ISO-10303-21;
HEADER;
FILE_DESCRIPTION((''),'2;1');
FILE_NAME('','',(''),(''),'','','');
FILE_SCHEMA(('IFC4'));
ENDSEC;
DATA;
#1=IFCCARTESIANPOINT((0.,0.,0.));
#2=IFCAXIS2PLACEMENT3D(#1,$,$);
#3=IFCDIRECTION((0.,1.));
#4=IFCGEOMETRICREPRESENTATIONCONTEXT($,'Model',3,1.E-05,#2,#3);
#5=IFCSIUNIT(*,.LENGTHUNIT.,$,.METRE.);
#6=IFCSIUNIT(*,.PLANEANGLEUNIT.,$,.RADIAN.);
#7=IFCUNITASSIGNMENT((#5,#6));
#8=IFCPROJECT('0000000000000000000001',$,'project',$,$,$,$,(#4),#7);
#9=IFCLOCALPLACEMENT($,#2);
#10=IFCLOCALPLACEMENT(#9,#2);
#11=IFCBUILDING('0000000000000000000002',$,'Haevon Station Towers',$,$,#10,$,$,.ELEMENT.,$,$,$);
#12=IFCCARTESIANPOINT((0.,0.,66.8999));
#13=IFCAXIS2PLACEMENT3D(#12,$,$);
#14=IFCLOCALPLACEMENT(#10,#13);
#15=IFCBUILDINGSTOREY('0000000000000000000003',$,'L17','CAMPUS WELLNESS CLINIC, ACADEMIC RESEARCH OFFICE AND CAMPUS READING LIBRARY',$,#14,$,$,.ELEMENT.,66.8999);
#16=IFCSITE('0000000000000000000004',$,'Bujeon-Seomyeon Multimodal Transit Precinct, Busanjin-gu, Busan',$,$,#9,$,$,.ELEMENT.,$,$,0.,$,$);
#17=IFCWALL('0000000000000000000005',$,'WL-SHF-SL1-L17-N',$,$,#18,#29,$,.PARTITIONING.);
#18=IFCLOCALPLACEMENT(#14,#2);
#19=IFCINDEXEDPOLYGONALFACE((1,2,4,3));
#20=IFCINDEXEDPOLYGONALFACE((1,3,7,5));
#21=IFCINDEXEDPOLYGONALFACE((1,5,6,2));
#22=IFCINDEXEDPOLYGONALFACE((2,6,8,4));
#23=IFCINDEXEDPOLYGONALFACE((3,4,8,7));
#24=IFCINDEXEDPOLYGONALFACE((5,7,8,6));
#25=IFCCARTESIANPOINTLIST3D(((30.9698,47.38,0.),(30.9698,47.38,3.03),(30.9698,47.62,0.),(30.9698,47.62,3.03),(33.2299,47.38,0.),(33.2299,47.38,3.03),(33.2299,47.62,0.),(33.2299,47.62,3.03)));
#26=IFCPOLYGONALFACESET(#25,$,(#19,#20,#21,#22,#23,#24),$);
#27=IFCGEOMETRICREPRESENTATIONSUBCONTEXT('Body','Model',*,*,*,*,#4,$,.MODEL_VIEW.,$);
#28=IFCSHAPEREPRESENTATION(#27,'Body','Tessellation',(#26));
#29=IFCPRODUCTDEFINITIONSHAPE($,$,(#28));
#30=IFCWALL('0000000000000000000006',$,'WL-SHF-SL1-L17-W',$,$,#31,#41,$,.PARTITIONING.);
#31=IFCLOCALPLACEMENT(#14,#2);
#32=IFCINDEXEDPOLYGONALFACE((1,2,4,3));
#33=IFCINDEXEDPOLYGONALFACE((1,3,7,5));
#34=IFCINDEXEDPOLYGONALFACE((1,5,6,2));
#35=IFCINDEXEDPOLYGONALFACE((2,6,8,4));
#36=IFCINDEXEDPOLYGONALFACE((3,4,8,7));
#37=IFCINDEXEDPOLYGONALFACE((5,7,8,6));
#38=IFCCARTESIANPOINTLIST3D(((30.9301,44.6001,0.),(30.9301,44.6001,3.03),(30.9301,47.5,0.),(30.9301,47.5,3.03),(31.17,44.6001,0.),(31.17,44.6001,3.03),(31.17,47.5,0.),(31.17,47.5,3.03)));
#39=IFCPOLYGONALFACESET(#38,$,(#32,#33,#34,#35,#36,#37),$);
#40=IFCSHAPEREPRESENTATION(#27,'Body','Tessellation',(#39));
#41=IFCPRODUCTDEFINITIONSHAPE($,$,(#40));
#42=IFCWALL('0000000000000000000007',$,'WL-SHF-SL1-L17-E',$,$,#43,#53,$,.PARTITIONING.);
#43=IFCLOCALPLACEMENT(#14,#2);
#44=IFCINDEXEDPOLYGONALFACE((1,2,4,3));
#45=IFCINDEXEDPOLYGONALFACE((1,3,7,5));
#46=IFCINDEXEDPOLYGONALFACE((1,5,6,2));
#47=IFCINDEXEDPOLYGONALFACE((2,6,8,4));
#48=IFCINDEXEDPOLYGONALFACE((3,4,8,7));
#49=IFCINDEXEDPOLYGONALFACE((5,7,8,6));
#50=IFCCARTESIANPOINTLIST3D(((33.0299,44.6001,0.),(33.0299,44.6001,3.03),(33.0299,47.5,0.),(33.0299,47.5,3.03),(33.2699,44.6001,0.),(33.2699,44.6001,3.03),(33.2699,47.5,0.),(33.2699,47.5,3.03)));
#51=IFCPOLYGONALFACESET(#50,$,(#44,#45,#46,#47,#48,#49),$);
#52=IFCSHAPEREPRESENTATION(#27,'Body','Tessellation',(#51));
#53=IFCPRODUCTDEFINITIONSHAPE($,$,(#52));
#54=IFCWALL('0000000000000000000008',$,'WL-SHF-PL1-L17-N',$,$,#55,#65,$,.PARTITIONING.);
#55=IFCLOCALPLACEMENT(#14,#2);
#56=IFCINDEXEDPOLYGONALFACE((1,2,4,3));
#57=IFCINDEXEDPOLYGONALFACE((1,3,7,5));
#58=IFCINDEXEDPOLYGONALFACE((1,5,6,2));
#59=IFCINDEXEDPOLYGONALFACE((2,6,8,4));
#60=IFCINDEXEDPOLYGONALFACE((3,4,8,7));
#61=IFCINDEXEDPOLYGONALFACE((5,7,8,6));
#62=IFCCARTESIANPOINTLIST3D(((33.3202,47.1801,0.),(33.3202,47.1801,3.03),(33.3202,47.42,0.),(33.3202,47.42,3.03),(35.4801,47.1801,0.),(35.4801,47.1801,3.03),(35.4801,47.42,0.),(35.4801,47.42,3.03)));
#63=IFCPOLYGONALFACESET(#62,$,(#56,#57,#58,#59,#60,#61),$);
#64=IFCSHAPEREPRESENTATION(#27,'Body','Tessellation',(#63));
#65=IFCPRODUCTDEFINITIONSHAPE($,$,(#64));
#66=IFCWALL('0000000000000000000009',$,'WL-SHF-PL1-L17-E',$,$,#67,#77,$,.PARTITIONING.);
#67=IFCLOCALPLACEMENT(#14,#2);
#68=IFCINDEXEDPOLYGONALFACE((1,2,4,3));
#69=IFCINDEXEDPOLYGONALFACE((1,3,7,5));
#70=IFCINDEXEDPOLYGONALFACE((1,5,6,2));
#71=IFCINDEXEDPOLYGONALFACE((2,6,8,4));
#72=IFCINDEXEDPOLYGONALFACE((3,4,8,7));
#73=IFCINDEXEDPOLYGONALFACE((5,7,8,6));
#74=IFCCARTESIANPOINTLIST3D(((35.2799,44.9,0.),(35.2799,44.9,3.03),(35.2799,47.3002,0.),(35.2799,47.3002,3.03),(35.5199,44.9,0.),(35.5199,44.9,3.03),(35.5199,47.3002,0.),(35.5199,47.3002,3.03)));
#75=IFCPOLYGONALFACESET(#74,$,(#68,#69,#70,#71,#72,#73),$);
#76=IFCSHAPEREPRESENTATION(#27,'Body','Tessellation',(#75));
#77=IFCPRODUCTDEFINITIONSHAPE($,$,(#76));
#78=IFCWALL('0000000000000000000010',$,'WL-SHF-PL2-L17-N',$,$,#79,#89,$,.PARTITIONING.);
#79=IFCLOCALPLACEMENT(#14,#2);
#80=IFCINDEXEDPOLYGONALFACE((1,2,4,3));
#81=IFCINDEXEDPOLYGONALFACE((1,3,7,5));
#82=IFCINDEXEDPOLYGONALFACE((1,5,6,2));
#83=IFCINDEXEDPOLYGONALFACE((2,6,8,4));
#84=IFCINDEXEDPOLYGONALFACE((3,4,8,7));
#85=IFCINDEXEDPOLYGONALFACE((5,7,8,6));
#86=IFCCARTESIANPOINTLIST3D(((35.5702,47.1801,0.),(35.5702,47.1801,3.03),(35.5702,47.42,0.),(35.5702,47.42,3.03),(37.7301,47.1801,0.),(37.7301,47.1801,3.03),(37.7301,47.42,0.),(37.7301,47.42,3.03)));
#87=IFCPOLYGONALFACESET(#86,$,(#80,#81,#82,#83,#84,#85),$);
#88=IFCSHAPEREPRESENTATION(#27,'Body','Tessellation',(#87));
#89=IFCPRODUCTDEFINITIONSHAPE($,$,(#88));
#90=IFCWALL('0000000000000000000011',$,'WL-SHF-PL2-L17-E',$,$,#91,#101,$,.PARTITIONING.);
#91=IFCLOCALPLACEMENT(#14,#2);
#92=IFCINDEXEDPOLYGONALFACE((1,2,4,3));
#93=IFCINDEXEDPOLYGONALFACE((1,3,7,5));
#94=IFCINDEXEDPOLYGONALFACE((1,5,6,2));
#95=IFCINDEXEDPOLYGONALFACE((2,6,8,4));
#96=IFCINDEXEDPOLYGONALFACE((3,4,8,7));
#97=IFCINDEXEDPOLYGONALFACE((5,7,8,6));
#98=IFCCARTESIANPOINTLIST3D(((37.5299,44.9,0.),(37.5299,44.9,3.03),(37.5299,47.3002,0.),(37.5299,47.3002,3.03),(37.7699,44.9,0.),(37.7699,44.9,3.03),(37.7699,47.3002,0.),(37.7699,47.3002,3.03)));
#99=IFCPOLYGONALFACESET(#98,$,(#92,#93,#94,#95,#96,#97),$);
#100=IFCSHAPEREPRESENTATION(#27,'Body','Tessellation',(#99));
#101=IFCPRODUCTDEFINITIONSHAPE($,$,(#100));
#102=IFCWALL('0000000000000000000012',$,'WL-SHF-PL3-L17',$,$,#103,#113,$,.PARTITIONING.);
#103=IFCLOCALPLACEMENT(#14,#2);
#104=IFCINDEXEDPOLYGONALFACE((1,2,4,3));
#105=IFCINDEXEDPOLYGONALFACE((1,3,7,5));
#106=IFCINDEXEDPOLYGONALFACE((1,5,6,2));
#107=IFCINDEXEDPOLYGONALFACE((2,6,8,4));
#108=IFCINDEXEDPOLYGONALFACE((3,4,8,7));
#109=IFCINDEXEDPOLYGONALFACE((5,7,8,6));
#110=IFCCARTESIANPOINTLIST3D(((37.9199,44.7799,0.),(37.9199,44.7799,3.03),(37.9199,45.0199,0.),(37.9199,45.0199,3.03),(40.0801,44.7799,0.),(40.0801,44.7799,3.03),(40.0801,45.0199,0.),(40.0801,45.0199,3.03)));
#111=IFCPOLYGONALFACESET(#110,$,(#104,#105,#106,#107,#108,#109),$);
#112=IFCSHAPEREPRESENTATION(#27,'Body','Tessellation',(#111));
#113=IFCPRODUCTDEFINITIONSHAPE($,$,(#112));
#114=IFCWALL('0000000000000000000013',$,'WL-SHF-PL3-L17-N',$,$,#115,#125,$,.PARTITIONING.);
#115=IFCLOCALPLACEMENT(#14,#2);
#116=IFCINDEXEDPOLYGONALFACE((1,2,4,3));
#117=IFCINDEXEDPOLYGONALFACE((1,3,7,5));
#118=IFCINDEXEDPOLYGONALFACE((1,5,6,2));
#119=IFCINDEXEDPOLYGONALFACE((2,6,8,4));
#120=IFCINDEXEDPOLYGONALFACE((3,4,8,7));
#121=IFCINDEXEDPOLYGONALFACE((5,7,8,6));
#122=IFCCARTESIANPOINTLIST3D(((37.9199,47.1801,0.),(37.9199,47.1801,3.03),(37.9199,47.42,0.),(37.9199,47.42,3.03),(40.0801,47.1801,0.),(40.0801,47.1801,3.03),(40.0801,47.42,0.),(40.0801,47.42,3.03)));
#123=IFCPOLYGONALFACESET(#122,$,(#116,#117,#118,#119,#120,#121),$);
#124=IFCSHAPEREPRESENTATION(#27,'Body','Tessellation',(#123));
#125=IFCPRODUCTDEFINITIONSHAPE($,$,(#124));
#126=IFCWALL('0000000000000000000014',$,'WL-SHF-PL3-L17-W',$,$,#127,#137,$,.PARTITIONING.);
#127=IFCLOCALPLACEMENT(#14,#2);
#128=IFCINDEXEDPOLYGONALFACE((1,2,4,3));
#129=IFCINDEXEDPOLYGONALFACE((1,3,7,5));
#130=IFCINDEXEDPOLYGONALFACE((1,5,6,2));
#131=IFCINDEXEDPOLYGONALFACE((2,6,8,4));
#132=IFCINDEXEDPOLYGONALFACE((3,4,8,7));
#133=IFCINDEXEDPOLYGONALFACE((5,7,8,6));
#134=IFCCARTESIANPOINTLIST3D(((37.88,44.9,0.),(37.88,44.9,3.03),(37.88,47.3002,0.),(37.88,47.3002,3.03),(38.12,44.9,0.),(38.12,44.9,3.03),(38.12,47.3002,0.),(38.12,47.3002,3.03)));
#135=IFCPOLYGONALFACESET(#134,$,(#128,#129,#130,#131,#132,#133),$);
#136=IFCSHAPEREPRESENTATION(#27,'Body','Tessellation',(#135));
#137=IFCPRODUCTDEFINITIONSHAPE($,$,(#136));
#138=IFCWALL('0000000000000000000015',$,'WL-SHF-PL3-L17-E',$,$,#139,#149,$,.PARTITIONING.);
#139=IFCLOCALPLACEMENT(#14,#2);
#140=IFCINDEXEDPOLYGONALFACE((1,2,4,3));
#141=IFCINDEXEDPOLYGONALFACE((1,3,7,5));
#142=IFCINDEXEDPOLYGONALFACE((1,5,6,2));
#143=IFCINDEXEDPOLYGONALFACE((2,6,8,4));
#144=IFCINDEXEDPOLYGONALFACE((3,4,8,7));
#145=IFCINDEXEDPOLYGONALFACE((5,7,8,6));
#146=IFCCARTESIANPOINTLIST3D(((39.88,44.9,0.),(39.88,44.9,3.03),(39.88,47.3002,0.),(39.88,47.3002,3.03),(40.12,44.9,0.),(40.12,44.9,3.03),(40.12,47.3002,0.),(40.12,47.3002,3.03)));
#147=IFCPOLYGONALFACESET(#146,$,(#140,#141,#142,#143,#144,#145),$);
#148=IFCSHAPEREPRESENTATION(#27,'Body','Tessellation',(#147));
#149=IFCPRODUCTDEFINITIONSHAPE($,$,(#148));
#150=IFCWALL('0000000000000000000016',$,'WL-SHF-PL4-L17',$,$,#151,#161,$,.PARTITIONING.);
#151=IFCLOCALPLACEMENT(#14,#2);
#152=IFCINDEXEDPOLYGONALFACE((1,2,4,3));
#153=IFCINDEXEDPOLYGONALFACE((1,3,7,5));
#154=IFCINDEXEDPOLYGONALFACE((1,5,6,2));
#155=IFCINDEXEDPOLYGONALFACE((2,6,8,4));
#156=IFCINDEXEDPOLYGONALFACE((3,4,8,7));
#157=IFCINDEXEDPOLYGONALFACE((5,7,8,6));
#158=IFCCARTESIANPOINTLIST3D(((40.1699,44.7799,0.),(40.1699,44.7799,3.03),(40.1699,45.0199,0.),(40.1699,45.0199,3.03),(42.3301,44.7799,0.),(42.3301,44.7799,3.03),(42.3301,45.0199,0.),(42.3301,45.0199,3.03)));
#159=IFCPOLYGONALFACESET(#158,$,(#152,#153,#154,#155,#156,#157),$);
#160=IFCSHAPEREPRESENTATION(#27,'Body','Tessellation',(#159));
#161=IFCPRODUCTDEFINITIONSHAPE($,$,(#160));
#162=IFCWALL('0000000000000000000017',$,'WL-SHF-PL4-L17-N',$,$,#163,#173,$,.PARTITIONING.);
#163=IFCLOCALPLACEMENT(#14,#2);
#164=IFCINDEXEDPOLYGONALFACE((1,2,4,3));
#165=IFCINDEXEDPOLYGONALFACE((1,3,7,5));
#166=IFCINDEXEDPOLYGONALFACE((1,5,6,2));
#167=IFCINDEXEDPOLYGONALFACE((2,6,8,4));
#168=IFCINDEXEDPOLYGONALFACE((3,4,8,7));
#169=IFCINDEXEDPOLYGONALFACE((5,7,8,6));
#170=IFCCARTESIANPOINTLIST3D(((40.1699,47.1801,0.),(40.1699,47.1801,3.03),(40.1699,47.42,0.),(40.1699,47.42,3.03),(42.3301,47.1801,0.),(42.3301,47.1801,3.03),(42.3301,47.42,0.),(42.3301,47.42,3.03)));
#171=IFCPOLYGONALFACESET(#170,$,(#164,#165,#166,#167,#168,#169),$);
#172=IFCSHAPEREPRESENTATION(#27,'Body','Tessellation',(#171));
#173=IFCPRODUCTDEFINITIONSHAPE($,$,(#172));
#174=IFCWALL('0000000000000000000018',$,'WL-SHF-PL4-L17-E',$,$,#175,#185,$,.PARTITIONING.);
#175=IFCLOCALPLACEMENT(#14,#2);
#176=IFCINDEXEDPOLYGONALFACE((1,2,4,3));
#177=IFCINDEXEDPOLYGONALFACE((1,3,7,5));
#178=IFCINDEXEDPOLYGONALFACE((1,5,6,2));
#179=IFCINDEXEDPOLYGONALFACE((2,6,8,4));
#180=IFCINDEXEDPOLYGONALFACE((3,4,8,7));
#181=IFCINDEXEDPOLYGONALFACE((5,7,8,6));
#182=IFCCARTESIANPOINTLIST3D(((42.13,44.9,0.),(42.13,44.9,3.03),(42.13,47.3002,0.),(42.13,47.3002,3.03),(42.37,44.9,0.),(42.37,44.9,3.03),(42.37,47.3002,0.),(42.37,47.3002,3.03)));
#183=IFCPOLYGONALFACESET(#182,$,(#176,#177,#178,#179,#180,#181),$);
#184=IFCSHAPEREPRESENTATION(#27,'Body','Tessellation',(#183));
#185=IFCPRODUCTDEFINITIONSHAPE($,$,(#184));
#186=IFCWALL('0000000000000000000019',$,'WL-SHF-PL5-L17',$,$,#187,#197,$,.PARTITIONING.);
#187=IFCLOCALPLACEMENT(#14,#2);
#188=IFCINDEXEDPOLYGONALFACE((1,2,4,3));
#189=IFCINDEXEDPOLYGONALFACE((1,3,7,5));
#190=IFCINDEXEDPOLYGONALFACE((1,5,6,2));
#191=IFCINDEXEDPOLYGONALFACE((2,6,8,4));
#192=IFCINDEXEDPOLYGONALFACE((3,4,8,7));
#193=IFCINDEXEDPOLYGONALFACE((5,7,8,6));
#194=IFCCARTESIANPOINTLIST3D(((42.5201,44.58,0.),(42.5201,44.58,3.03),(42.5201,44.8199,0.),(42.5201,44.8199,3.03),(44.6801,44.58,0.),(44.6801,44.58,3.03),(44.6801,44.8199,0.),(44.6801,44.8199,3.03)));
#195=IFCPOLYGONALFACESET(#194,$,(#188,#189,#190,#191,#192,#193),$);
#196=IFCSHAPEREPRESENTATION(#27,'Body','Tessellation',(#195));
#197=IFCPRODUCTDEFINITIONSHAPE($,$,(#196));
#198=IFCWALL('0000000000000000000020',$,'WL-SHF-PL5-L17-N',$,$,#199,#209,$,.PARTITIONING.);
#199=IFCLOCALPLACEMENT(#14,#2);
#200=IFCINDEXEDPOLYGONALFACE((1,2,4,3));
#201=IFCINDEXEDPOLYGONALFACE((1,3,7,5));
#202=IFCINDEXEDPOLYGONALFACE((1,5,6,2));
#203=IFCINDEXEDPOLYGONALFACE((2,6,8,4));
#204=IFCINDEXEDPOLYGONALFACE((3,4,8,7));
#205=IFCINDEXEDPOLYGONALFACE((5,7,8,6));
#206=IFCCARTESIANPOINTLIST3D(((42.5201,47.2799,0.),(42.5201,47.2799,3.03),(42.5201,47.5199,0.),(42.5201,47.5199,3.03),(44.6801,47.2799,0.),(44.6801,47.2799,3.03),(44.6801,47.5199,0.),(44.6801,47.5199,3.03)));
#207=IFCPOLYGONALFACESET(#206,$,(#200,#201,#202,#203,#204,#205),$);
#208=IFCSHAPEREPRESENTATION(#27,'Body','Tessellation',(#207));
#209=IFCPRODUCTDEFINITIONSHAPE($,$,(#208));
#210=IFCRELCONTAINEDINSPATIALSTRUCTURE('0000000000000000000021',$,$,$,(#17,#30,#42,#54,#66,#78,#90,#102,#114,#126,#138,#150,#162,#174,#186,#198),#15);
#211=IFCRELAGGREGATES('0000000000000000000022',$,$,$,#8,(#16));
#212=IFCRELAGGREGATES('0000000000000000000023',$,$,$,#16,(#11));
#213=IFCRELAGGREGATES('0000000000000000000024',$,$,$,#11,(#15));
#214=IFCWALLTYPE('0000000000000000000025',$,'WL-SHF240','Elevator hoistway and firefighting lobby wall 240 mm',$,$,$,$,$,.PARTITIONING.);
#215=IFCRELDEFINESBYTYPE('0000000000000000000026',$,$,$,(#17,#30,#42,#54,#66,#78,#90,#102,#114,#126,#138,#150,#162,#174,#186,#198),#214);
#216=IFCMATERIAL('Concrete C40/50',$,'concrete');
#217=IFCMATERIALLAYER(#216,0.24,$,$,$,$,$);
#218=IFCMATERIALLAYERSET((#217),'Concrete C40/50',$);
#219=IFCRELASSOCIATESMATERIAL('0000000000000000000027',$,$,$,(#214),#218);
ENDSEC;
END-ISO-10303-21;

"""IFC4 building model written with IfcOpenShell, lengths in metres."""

from ifc_helpers import new_model, si_unit, direction, frame, frame_2d, origin, place, context, subcontext, project, spatial, rectangle, extrude, material, layer, layer_set, type_object, element, save


model = new_model("IFC4")

# Units and contexts
model_context = context("Model", 3, precision=1e-05, world=origin(), true_north=direction((0.0, 1.0)))
body_context = subcontext(model_context, "Body", "Model", "MODEL_VIEW")
ifc_project = project(units=[si_unit("LENGTHUNIT", "METRE"), si_unit("PLANEANGLEUNIT", "RADIAN")], contexts=[model_context])

# Site, building, storey
site_placement = place(None, origin())
site = spatial("IfcSite", under=ifc_project, at=site_placement, Name="Bujeon-Seomyeon Multimodal Transit Precinct, Busanjin-gu, Busan", CompositionType="ELEMENT", RefElevation=0.0)
building_placement = place(site_placement, origin())
building = spatial("IfcBuilding", under=site, at=building_placement, Name="Haevon Station Towers", CompositionType="ELEMENT")
storey_placement = place(building_placement, frame((0.0, 0.0, 66.8999)))
storey = spatial("IfcBuildingStorey", under=building, at=storey_placement, Name="L17", Description="CAMPUS WELLNESS CLINIC, ACADEMIC RESEARCH OFFICE AND CAMPUS READING LIBRARY", CompositionType="ELEMENT", Elevation=66.8999)

# Shared definitions
ifc_material_1 = material(Name="Concrete C40/50", Category="concrete")
ifc_layer_1 = layer(ifc_material_1, 0.24)
ifc_layer_set_1 = layer_set([ifc_layer_1], Name="Concrete C40/50")
wall_type_1 = type_object("IfcWallType", Name="WL-SHF240", Description="Elevator hoistway and firefighting lobby wall 240 mm", PredefinedType="PARTITIONING", material=ifc_layer_set_1)

# Walls
wall_1_placement = place(storey_placement, frame((30.97, 47.5, 0.0), z_axis=(0.0, 0.0, 1.0), x_axis=(1.0, 0.0, 0.0)))
element("IfcWall", 1, at=wall_1_placement, inside=storey, type_object=wall_type_1, Name="WL-SHF-SL1-L17-N", PredefinedType="PARTITIONING", context=body_context, shape_type="SweptSolid", body=[
    extrude(rectangle(XDim=2.26, YDim=0.24, at=frame_2d((1.1299, 0.0))), origin(), (0.0, 0.0, 1.0), 3.03),
])
for number, where, z_axis, x_axis, name in (
    (2, (31.05, 44.6001, 0.0), (0.0, 0.0, 1.0), (0.0, 1.0, 0.0), "WL-SHF-SL1-L17-W"),
    (3, (33.1499, 44.6001, 0.0), (0.0, 0.0, 1.0), (0.0, 1.0, 0.0), "WL-SHF-SL1-L17-E"),
):
    element("IfcWall", number, at=place(storey_placement, frame(where, z_axis=z_axis, x_axis=x_axis)), inside=storey, type_object=wall_type_1, Name=name, PredefinedType="PARTITIONING", context=body_context, shape_type="SweptSolid", body=[
        extrude(rectangle(XDim=2.8999, YDim=0.24, at=frame_2d((1.45, 0.0))), origin(), (0.0, 0.0, 1.0), 3.03),
    ])

# Walls
wall_2_placement = place(storey_placement, frame((33.3201, 47.3, 0.0), z_axis=(0.0, 0.0, 1.0), x_axis=(1.0, 0.0, 0.0)))
element("IfcWall", 4, at=wall_2_placement, inside=storey, type_object=wall_type_1, Name="WL-SHF-PL1-L17-N", PredefinedType="PARTITIONING", context=body_context, shape_type="SweptSolid", body=[
    extrude(rectangle(XDim=2.1599, YDim=0.24, at=frame_2d((1.0801, 0.0))), origin(), (0.0, 0.0, 1.0), 3.03),
])
wall_3_placement = place(storey_placement, frame((35.3999, 44.8999, 0.0), z_axis=(0.0, 0.0, 1.0), x_axis=(0.0, 1.0, 0.0)))
element("IfcWall", 5, at=wall_3_placement, inside=storey, type_object=wall_type_1, Name="WL-SHF-PL1-L17-E", PredefinedType="PARTITIONING", context=body_context, shape_type="SweptSolid", body=[
    extrude(rectangle(XDim=2.4001, YDim=0.24, at=frame_2d((1.2002, 0.0))), origin(), (0.0, 0.0, 1.0), 3.03),
])

# Walls
wall_4_placement = place(storey_placement, frame((35.5701, 47.3, 0.0), z_axis=(0.0, 0.0, 1.0), x_axis=(1.0, 0.0, 0.0)))
element("IfcWall", 6, at=wall_4_placement, inside=storey, type_object=wall_type_1, Name="WL-SHF-PL2-L17-N", PredefinedType="PARTITIONING", context=body_context, shape_type="SweptSolid", body=[
    extrude(rectangle(XDim=2.1599, YDim=0.24, at=frame_2d((1.0801, 0.0))), origin(), (0.0, 0.0, 1.0), 3.03),
])
wall_5_placement = place(storey_placement, frame((37.6499, 44.8999, 0.0), z_axis=(0.0, 0.0, 1.0), x_axis=(0.0, 1.0, 0.0)))
element("IfcWall", 7, at=wall_5_placement, inside=storey, type_object=wall_type_1, Name="WL-SHF-PL2-L17-E", PredefinedType="PARTITIONING", context=body_context, shape_type="SweptSolid", body=[
    extrude(rectangle(XDim=2.4001, YDim=0.24, at=frame_2d((1.2002, 0.0))), origin(), (0.0, 0.0, 1.0), 3.03),
])
for number, where, z_axis, x_axis, name in (
    (8, (37.9199, 44.8999, 0.0), (0.0, 0.0, 1.0), (1.0, 0.0, 0.0), "WL-SHF-PL3-L17"),
    (9, (37.9199, 47.3, 0.0), (0.0, 0.0, 1.0), (1.0, 0.0, 0.0), "WL-SHF-PL3-L17-N"),
):
    element("IfcWall", number, at=place(storey_placement, frame(where, z_axis=z_axis, x_axis=x_axis)), inside=storey, type_object=wall_type_1, Name=name, PredefinedType="PARTITIONING", context=body_context, shape_type="SweptSolid", body=[
        extrude(rectangle(XDim=2.1602, YDim=0.24, at=frame_2d((1.0801, 0.0))), origin(), (0.0, 0.0, 1.0), 3.03),
    ])
for number, where, z_axis, x_axis, name in (
    (10, (38.0, 44.8999, 0.0), (0.0, 0.0, 1.0), (0.0, 1.0, 0.0), "WL-SHF-PL3-L17-W"),
    (11, (40.0, 44.8999, 0.0), (0.0, 0.0, 1.0), (0.0, 1.0, 0.0), "WL-SHF-PL3-L17-E"),
):
    element("IfcWall", number, at=place(storey_placement, frame(where, z_axis=z_axis, x_axis=x_axis)), inside=storey, type_object=wall_type_1, Name=name, PredefinedType="PARTITIONING", context=body_context, shape_type="SweptSolid", body=[
        extrude(rectangle(XDim=2.4001, YDim=0.24, at=frame_2d((1.2002, 0.0))), origin(), (0.0, 0.0, 1.0), 3.03),
    ])
for number, where, z_axis, x_axis, name in (
    (12, (40.1699, 44.8999, 0.0), (0.0, 0.0, 1.0), (1.0, 0.0, 0.0), "WL-SHF-PL4-L17"),
    (13, (40.1699, 47.3, 0.0), (0.0, 0.0, 1.0), (1.0, 0.0, 0.0), "WL-SHF-PL4-L17-N"),
):
    element("IfcWall", number, at=place(storey_placement, frame(where, z_axis=z_axis, x_axis=x_axis)), inside=storey, type_object=wall_type_1, Name=name, PredefinedType="PARTITIONING", context=body_context, shape_type="SweptSolid", body=[
        extrude(rectangle(XDim=2.1602, YDim=0.24, at=frame_2d((1.0801, 0.0))), origin(), (0.0, 0.0, 1.0), 3.03),
    ])
wall_6_placement = place(storey_placement, frame((42.25, 44.8999, 0.0), z_axis=(0.0, 0.0, 1.0), x_axis=(0.0, 1.0, 0.0)))
element("IfcWall", 14, at=wall_6_placement, inside=storey, type_object=wall_type_1, Name="WL-SHF-PL4-L17-E", PredefinedType="PARTITIONING", context=body_context, shape_type="SweptSolid", body=[
    extrude(rectangle(XDim=2.4001, YDim=0.24, at=frame_2d((1.2002, 0.0))), origin(), (0.0, 0.0, 1.0), 3.03),
])
for number, where, z_axis, x_axis, name in (
    (15, (42.52, 44.7, 0.0), (0.0, 0.0, 1.0), (1.0, 0.0, 0.0), "WL-SHF-PL5-L17"),
    (16, (42.52, 47.3999, 0.0), (0.0, 0.0, 1.0), (1.0, 0.0, 0.0), "WL-SHF-PL5-L17-N"),
):
    element("IfcWall", number, at=place(storey_placement, frame(where, z_axis=z_axis, x_axis=x_axis)), inside=storey, type_object=wall_type_1, Name=name, PredefinedType="PARTITIONING", context=body_context, shape_type="SweptSolid", body=[
        extrude(rectangle(XDim=2.1599, YDim=0.24, at=frame_2d((1.0801, 0.0))), origin(), (0.0, 0.0, 1.0), 3.03),
    ])

save(model, "model.ifc")
